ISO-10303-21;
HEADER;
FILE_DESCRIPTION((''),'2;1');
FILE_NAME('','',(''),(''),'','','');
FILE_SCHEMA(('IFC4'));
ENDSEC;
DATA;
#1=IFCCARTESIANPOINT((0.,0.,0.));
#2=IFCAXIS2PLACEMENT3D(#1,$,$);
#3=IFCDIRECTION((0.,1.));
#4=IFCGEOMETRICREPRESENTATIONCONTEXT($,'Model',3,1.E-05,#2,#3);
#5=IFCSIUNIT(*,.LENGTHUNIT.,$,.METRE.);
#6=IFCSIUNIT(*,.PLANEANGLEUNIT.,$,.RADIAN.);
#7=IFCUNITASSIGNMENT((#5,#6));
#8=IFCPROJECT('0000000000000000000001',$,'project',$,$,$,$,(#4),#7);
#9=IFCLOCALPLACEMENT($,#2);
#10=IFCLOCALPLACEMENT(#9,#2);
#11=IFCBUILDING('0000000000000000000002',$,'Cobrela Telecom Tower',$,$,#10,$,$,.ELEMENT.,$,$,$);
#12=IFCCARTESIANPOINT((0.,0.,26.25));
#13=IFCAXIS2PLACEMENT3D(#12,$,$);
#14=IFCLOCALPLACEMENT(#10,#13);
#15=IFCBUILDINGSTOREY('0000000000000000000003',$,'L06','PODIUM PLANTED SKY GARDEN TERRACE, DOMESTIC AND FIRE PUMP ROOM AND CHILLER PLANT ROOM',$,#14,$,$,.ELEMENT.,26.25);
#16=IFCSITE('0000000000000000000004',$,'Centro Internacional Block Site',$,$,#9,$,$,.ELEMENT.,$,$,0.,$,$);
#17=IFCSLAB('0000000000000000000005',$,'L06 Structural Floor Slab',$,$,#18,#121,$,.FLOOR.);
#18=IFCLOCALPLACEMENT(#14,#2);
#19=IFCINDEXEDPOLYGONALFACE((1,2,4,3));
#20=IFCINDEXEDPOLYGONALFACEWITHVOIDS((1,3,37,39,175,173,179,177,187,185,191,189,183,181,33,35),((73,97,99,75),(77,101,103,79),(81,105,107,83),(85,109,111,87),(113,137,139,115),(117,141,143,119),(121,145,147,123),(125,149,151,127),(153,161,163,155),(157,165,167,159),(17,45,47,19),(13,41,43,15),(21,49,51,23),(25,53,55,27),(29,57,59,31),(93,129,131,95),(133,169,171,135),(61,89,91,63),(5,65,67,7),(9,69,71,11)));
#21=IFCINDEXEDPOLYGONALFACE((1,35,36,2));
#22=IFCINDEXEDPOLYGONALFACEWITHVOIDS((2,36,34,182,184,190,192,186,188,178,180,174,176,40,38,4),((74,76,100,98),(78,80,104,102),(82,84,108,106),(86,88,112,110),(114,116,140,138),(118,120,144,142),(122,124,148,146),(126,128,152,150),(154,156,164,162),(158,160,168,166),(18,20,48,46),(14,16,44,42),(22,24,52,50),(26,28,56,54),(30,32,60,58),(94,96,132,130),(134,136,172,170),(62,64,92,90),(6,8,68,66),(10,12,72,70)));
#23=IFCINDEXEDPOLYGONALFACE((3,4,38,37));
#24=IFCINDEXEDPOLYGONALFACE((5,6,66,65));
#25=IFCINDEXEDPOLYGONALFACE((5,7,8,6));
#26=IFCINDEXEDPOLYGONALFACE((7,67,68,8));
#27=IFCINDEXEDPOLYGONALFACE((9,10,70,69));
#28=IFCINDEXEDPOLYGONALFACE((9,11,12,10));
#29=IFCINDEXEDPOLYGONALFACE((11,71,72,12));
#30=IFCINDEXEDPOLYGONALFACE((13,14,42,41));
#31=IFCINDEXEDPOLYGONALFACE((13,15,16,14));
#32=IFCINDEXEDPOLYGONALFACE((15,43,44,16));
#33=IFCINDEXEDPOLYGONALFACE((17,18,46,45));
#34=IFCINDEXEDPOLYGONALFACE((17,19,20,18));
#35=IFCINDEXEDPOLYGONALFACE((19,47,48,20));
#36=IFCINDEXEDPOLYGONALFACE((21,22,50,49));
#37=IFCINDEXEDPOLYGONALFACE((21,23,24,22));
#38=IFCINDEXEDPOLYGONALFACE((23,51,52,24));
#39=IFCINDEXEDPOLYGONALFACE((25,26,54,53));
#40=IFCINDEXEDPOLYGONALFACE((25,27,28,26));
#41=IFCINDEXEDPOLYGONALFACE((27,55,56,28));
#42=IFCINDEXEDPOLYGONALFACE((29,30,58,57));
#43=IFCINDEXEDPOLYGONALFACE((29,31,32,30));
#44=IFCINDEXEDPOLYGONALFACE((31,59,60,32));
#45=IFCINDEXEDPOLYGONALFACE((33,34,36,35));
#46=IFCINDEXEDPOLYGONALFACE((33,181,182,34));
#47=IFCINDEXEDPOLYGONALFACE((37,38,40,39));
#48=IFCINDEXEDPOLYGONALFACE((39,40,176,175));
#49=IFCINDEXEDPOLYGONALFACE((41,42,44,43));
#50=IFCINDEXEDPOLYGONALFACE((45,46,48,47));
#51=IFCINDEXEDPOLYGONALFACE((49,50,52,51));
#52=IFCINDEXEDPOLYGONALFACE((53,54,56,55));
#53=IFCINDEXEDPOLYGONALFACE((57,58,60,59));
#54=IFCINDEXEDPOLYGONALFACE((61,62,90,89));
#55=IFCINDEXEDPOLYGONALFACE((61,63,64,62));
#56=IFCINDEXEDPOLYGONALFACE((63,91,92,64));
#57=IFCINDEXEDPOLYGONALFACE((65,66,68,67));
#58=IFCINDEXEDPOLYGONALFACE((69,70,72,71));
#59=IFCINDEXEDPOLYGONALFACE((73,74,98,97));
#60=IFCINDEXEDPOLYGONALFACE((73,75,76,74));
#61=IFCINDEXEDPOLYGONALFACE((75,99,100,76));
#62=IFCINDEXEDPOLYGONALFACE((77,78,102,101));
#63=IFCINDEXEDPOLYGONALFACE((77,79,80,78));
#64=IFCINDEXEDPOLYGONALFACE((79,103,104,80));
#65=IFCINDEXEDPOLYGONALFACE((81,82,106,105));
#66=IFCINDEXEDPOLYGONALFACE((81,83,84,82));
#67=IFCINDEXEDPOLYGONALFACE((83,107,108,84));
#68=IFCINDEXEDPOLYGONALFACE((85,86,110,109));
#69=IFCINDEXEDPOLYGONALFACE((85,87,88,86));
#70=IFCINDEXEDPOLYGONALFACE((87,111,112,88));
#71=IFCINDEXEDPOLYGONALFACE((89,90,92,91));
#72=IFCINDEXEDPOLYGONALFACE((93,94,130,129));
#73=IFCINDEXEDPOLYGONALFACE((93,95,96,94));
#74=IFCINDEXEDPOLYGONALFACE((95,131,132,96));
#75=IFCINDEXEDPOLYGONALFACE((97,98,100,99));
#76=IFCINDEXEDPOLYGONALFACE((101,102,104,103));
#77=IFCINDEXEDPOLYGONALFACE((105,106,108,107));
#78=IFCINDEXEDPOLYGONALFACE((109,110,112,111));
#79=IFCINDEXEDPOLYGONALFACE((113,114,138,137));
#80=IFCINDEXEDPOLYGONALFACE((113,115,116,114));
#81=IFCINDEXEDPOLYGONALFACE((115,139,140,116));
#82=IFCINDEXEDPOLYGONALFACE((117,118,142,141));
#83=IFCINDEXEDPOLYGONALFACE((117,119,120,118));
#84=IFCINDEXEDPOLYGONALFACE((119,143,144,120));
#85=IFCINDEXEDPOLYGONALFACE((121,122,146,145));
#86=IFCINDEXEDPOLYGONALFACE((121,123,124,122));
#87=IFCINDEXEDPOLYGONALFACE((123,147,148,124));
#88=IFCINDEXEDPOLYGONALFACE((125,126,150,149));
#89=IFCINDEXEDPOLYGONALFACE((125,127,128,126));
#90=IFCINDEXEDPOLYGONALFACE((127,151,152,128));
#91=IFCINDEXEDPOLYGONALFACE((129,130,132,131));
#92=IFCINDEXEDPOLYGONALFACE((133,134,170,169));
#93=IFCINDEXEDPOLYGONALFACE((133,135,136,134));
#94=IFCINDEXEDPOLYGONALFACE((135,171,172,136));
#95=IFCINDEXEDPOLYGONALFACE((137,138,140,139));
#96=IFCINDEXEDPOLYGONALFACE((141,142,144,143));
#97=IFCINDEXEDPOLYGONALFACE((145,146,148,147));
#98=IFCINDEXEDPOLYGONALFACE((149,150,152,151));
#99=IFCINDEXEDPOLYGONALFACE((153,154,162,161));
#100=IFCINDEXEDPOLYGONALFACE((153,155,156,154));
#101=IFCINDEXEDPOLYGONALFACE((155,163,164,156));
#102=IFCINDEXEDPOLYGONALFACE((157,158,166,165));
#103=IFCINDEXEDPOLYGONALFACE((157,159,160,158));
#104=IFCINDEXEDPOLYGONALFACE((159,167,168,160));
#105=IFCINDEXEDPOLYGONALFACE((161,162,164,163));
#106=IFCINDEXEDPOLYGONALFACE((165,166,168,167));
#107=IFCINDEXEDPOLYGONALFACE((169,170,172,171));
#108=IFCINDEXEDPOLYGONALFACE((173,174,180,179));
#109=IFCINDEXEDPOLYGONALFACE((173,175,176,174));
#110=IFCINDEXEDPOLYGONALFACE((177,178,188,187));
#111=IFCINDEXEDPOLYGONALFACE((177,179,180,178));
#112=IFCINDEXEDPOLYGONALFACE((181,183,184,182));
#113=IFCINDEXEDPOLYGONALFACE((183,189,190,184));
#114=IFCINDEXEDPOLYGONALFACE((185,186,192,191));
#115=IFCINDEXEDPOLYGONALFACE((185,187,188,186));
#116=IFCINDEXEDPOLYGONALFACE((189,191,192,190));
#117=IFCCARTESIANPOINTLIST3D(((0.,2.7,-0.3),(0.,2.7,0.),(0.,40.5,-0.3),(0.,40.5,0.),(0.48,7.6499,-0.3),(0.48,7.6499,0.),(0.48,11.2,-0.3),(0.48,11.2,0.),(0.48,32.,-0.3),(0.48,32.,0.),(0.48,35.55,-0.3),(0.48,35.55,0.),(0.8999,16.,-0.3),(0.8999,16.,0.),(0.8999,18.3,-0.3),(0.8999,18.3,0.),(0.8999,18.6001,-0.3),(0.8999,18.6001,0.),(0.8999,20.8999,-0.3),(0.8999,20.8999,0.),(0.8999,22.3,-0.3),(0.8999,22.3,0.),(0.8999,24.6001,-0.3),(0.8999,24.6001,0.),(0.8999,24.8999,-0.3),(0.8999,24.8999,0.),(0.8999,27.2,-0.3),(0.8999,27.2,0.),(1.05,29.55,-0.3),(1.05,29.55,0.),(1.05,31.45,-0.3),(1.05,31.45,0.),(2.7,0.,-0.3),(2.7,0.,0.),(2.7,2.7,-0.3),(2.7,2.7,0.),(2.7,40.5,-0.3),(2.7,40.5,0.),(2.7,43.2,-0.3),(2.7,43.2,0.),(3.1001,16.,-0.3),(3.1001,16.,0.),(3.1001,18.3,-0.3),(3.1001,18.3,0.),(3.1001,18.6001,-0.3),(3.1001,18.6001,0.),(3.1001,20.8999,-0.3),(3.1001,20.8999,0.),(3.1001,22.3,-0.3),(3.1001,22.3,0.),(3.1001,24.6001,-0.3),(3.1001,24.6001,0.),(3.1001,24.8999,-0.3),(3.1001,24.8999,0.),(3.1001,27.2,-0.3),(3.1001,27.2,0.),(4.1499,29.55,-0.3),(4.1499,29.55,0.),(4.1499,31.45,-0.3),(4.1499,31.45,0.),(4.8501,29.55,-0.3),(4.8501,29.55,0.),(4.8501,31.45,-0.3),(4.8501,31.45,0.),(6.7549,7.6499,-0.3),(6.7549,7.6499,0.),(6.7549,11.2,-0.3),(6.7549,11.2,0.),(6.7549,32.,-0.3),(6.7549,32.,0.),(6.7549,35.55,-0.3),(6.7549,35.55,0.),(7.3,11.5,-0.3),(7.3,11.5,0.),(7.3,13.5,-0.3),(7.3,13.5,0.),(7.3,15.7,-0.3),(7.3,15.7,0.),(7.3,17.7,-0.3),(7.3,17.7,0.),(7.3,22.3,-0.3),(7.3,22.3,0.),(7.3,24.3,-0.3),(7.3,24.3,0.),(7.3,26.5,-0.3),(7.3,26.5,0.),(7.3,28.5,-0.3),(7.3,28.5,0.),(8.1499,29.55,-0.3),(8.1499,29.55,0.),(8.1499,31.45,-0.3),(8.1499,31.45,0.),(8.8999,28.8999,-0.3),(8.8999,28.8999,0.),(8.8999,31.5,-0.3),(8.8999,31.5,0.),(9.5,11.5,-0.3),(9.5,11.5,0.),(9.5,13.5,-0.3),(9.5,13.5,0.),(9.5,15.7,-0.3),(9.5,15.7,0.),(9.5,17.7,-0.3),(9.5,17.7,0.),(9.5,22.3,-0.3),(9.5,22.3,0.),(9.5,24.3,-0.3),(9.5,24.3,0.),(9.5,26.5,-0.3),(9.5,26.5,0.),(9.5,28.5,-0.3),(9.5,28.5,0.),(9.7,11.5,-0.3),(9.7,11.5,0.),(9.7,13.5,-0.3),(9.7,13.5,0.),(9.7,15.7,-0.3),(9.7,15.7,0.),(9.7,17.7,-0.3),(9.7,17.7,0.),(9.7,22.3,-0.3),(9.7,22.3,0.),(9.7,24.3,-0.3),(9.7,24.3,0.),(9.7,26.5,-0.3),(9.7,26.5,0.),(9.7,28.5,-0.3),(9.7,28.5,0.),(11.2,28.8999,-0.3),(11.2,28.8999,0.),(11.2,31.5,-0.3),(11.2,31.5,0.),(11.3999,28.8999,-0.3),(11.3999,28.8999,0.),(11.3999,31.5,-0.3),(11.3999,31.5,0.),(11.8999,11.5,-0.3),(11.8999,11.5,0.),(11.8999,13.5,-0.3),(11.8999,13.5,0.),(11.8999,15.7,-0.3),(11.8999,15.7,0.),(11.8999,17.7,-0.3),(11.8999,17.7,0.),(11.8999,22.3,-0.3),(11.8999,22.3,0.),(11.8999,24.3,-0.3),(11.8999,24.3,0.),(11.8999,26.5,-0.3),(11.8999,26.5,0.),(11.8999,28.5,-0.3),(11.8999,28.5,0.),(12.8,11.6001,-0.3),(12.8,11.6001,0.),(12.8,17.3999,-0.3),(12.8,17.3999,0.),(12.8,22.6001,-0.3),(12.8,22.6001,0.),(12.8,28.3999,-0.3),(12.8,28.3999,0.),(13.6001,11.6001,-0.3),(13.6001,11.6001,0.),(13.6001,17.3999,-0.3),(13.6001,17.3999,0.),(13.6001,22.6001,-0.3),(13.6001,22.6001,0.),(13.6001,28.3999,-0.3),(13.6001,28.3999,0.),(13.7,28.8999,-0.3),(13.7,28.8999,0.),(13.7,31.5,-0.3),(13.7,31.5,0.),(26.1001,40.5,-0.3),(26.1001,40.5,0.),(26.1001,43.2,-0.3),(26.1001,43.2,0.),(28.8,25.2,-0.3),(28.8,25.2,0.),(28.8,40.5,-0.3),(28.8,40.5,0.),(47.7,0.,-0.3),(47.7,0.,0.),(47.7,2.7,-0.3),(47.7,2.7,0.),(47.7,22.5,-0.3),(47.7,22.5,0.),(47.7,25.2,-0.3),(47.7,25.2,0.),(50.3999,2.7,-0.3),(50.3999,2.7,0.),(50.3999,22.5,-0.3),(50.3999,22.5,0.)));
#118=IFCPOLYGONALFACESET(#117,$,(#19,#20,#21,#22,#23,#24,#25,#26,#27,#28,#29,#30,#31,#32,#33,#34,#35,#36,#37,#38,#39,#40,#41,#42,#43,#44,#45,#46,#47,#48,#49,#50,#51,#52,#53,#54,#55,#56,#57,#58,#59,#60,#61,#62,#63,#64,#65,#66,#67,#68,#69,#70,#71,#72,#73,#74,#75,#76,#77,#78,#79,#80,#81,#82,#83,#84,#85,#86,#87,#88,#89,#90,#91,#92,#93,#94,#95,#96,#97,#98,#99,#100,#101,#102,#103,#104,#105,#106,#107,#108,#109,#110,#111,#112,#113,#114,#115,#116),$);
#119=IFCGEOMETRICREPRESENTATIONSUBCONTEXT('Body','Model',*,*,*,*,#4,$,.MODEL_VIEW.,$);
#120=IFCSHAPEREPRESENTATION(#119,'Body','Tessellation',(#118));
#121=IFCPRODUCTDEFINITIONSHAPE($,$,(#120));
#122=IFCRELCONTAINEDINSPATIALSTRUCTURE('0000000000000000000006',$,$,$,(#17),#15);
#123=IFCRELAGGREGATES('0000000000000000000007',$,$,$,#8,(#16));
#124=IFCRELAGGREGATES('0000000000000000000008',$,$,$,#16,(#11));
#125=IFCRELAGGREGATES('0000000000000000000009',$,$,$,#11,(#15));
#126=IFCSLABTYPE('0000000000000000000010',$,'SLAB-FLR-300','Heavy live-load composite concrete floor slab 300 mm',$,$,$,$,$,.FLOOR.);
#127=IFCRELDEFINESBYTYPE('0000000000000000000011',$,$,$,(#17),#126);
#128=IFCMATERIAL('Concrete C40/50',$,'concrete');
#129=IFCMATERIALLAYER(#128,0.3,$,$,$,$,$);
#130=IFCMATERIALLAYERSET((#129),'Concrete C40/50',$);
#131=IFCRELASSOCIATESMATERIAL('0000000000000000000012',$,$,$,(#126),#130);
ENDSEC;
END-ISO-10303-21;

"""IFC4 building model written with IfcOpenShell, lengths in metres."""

from ifc_helpers import new_model, si_unit, direction, frame, origin, place, context, subcontext, project, spatial, polyline, outline, extrude, material, layer, layer_set, type_object, element, save


model = new_model("IFC4")

# Units and contexts
model_context = context("Model", 3, precision=1e-05, world=origin(), true_north=direction((0.0, 1.0)))
body_context = subcontext(model_context, "Body", "Model", "MODEL_VIEW")
ifc_project = project(units=[si_unit("LENGTHUNIT", "METRE"), si_unit("PLANEANGLEUNIT", "RADIAN")], contexts=[model_context])

# Site, building, storey
site_placement = place(None, origin())
site = spatial("IfcSite", under=ifc_project, at=site_placement, Name="Centro Internacional Block Site", CompositionType="ELEMENT", RefElevation=0.0)
building_placement = place(site_placement, origin())
building = spatial("IfcBuilding", under=site, at=building_placement, Name="Cobrela Telecom Tower", CompositionType="ELEMENT")
storey_placement = place(building_placement, frame((0.0, 0.0, 26.25)))
storey = spatial("IfcBuildingStorey", under=building, at=storey_placement, Name="L06", Description="PODIUM PLANTED SKY GARDEN TERRACE, DOMESTIC AND FIRE PUMP ROOM AND CHILLER PLANT ROOM", CompositionType="ELEMENT", Elevation=26.25)

# Slab, openings
ifc_material_1 = material(Name="Concrete C40/50", Category="concrete")
ifc_layer_1 = layer(ifc_material_1, 0.3)
ifc_layer_set_1 = layer_set([ifc_layer_1], Name="Concrete C40/50")
slab_type_1 = type_object("IfcSlabType", Name="SLAB-FLR-300", Description="Heavy live-load composite concrete floor slab 300 mm", PredefinedType="FLOOR", material=ifc_layer_set_1)
slab_1_placement = place(storey_placement, frame((0.0, 0.0, -0.3)))
slab_1 = element("IfcSlab", 1, at=slab_1_placement, inside=storey, type_object=slab_type_1, Name="L06 Structural Floor Slab", PredefinedType="FLOOR", context=body_context, shape_type="SweptSolid", body=[
    extrude(outline(polyline([(2.7, 0.0), (47.7, 0.0), (47.7, 2.7), (50.3999, 2.7), (50.3999, 22.5), (47.7, 22.5), (47.7, 25.2), (28.8, 25.2), (28.8, 40.5), (26.1001, 40.5), (26.1001, 43.2), (2.7, 43.2), (2.7, 40.5), (0.0, 40.5), (0.0, 2.7), (2.7, 2.7), (2.7, 0.0)])), origin(), (0.0, 0.0, 1.0), 0.3),
])
opening_1_placement = place(slab_1_placement, frame((0.0, 0.0, -0.02)))
element("IfcOpeningElement", 2, at=opening_1_placement, cuts=slab_1, PredefinedType="OPENING", context=body_context, shape_type="SweptSolid", body=[
    extrude(outline(polyline([(8.8999, 28.8999), (11.2, 28.8999), (11.2, 31.5), (8.8999, 31.5), (8.8999, 28.8999)])), origin(), (0.0, 0.0, 1.0), 0.3401),
])
opening_2_placement = place(slab_1_placement, frame((0.0, 0.0, -0.02)))
element("IfcOpeningElement", 3, at=opening_2_placement, cuts=slab_1, PredefinedType="OPENING", context=body_context, shape_type="SweptSolid", body=[
    extrude(outline(polyline([(11.3999, 28.8999), (13.7, 28.8999), (13.7, 31.5), (11.3999, 31.5), (11.3999, 28.8999)])), origin(), (0.0, 0.0, 1.0), 0.3401),
])
opening_3_placement = place(slab_1_placement, frame((0.0, 0.0, -0.02)))
element("IfcOpeningElement", 4, at=opening_3_placement, cuts=slab_1, PredefinedType="OPENING", context=body_context, shape_type="SweptSolid", body=[
    extrude(outline(polyline([(7.3, 22.3), (9.5, 22.3), (9.5, 24.3), (7.3, 24.3), (7.3, 22.3)])), origin(), (0.0, 0.0, 1.0), 0.3401),
])
opening_4_placement = place(slab_1_placement, frame((0.0, 0.0, -0.02)))
element("IfcOpeningElement", 5, at=opening_4_placement, cuts=slab_1, PredefinedType="OPENING", context=body_context, shape_type="SweptSolid", body=[
    extrude(outline(polyline([(9.7, 22.3), (11.8999, 22.3), (11.8999, 24.3), (9.7, 24.3), (9.7, 22.3)])), origin(), (0.0, 0.0, 1.0), 0.3401),
])
opening_5_placement = place(slab_1_placement, frame((0.0, 0.0, -0.02)))
element("IfcOpeningElement", 6, at=opening_5_placement, cuts=slab_1, PredefinedType="OPENING", context=body_context, shape_type="SweptSolid", body=[
    extrude(outline(polyline([(7.3, 26.5), (9.5, 26.5), (9.5, 28.5), (7.3, 28.5), (7.3, 26.5)])), origin(), (0.0, 0.0, 1.0), 0.3401),
])
opening_6_placement = place(slab_1_placement, frame((0.0, 0.0, -0.02)))
element("IfcOpeningElement", 7, at=opening_6_placement, cuts=slab_1, PredefinedType="OPENING", context=body_context, shape_type="SweptSolid", body=[
    extrude(outline(polyline([(9.7, 26.5), (11.8999, 26.5), (11.8999, 28.5), (9.7, 28.5), (9.7, 26.5)])), origin(), (0.0, 0.0, 1.0), 0.3401),
])
opening_7_placement = place(slab_1_placement, frame((0.0, 0.0, -0.02)))
element("IfcOpeningElement", 8, at=opening_7_placement, cuts=slab_1, PredefinedType="OPENING", context=body_context, shape_type="SweptSolid", body=[
    extrude(outline(polyline([(7.3, 15.7), (9.5, 15.7), (9.5, 17.7), (7.3, 17.7), (7.3, 15.7)])), origin(), (0.0, 0.0, 1.0), 0.3401),
])
opening_8_placement = place(slab_1_placement, frame((0.0, 0.0, -0.02)))
element("IfcOpeningElement", 9, at=opening_8_placement, cuts=slab_1, PredefinedType="OPENING", context=body_context, shape_type="SweptSolid", body=[
    extrude(outline(polyline([(9.7, 15.7), (11.8999, 15.7), (11.8999, 17.7), (9.7, 17.7), (9.7, 15.7)])), origin(), (0.0, 0.0, 1.0), 0.3401),
])
opening_9_placement = place(slab_1_placement, frame((0.0, 0.0, -0.02)))
element("IfcOpeningElement", 10, at=opening_9_placement, cuts=slab_1, PredefinedType="OPENING", context=body_context, shape_type="SweptSolid", body=[
    extrude(outline(polyline([(7.3, 11.5), (9.5, 11.5), (9.5, 13.5), (7.3, 13.5), (7.3, 11.5)])), origin(), (0.0, 0.0, 1.0), 0.3401),
])
opening_10_placement = place(slab_1_placement, frame((0.0, 0.0, -0.02)))
element("IfcOpeningElement", 11, at=opening_10_placement, cuts=slab_1, PredefinedType="OPENING", context=body_context, shape_type="SweptSolid", body=[
    extrude(outline(polyline([(9.7, 11.5), (11.8999, 11.5), (11.8999, 13.5), (9.7, 13.5), (9.7, 11.5)])), origin(), (0.0, 0.0, 1.0), 0.3401),
])
opening_11_placement = place(slab_1_placement, frame((0.0, 0.0, -0.02)))
element("IfcOpeningElement", 12, at=opening_11_placement, cuts=slab_1, PredefinedType="OPENING", context=body_context, shape_type="SweptSolid", body=[
    extrude(outline(polyline([(0.8999, 16.0), (3.1001, 16.0), (3.1001, 18.3), (0.8999, 18.3), (0.8999, 16.0)])), origin(), (0.0, 0.0, 1.0), 0.3401),
])
opening_12_placement = place(slab_1_placement, frame((0.0, 0.0, -0.02)))
element("IfcOpeningElement", 13, at=opening_12_placement, cuts=slab_1, PredefinedType="OPENING", context=body_context, shape_type="SweptSolid", body=[
    extrude(outline(polyline([(0.8999, 18.6001), (3.1001, 18.6001), (3.1001, 20.8999), (0.8999, 20.8999), (0.8999, 18.6001)])), origin(), (0.0, 0.0, 1.0), 0.3401),
])
opening_13_placement = place(slab_1_placement, frame((0.0, 0.0, -0.02)))
element("IfcOpeningElement", 14, at=opening_13_placement, cuts=slab_1, PredefinedType="OPENING", context=body_context, shape_type="SweptSolid", body=[
    extrude(outline(polyline([(0.8999, 22.3), (3.1001, 22.3), (3.1001, 24.6001), (0.8999, 24.6001), (0.8999, 22.3)])), origin(), (0.0, 0.0, 1.0), 0.3401),
])
opening_14_placement = place(slab_1_placement, frame((0.0, 0.0, -0.02)))
element("IfcOpeningElement", 15, at=opening_14_placement, cuts=slab_1, PredefinedType="OPENING", context=body_context, shape_type="SweptSolid", body=[
    extrude(outline(polyline([(0.8999, 24.8999), (3.1001, 24.8999), (3.1001, 27.2), (0.8999, 27.2), (0.8999, 24.8999)])), origin(), (0.0, 0.0, 1.0), 0.3401),
])
opening_15_placement = place(slab_1_placement, frame((0.0, 0.0, -0.02)))
element("IfcOpeningElement", 16, at=opening_15_placement, cuts=slab_1, PredefinedType="OPENING", context=body_context, shape_type="SweptSolid", body=[
    extrude(outline(polyline([(1.05, 29.55), (4.1499, 29.55), (4.1499, 31.45), (1.05, 31.45), (1.05, 29.55)])), origin(), (0.0, 0.0, 1.0), 0.3401),
])
opening_16_placement = place(slab_1_placement, frame((0.0, 0.0, -0.02)))
element("IfcOpeningElement", 17, at=opening_16_placement, cuts=slab_1, PredefinedType="OPENING", context=body_context, shape_type="SweptSolid", body=[
    extrude(outline(polyline([(4.8501, 29.55), (8.1499, 29.55), (8.1499, 31.45), (4.8501, 31.45), (4.8501, 29.55)])), origin(), (0.0, 0.0, 1.0), 0.3401),
])
opening_17_placement = place(slab_1_placement, frame((0.0, 0.0, -0.02)))
element("IfcOpeningElement", 18, at=opening_17_placement, cuts=slab_1, PredefinedType="OPENING", context=body_context, shape_type="SweptSolid", body=[
    extrude(outline(polyline([(12.8, 22.6001), (13.6001, 22.6001), (13.6001, 28.3999), (12.8, 28.3999), (12.8, 22.6001)])), origin(), (0.0, 0.0, 1.0), 0.3401),
])
opening_18_placement = place(slab_1_placement, frame((0.0, 0.0, -0.02)))
element("IfcOpeningElement", 19, at=opening_18_placement, cuts=slab_1, PredefinedType="OPENING", context=body_context, shape_type="SweptSolid", body=[
    extrude(outline(polyline([(12.8, 11.6001), (13.6001, 11.6001), (13.6001, 17.3999), (12.8, 17.3999), (12.8, 11.6001)])), origin(), (0.0, 0.0, 1.0), 0.3401),
])
opening_19_placement = place(slab_1_placement, frame((0.0, 0.0, -0.02)))
element("IfcOpeningElement", 20, at=opening_19_placement, cuts=slab_1, PredefinedType="OPENING", context=body_context, shape_type="SweptSolid", body=[
    extrude(outline(polyline([(6.7549, 35.55), (0.48, 35.55), (0.48, 32.0), (6.7549, 32.0), (6.7549, 35.55)])), origin(), (0.0, 0.0, 1.0), 0.3401),
])
opening_20_placement = place(slab_1_placement, frame((0.0, 0.0, -0.02)))
element("IfcOpeningElement", 21, at=opening_20_placement, cuts=slab_1, PredefinedType="OPENING", context=body_context, shape_type="SweptSolid", body=[
    extrude(outline(polyline([(6.7549, 11.2), (0.48, 11.2), (0.48, 7.6499), (6.7549, 7.6499), (6.7549, 11.2)])), origin(), (0.0, 0.0, 1.0), 0.3401),
])

save(model, "model.ifc")
